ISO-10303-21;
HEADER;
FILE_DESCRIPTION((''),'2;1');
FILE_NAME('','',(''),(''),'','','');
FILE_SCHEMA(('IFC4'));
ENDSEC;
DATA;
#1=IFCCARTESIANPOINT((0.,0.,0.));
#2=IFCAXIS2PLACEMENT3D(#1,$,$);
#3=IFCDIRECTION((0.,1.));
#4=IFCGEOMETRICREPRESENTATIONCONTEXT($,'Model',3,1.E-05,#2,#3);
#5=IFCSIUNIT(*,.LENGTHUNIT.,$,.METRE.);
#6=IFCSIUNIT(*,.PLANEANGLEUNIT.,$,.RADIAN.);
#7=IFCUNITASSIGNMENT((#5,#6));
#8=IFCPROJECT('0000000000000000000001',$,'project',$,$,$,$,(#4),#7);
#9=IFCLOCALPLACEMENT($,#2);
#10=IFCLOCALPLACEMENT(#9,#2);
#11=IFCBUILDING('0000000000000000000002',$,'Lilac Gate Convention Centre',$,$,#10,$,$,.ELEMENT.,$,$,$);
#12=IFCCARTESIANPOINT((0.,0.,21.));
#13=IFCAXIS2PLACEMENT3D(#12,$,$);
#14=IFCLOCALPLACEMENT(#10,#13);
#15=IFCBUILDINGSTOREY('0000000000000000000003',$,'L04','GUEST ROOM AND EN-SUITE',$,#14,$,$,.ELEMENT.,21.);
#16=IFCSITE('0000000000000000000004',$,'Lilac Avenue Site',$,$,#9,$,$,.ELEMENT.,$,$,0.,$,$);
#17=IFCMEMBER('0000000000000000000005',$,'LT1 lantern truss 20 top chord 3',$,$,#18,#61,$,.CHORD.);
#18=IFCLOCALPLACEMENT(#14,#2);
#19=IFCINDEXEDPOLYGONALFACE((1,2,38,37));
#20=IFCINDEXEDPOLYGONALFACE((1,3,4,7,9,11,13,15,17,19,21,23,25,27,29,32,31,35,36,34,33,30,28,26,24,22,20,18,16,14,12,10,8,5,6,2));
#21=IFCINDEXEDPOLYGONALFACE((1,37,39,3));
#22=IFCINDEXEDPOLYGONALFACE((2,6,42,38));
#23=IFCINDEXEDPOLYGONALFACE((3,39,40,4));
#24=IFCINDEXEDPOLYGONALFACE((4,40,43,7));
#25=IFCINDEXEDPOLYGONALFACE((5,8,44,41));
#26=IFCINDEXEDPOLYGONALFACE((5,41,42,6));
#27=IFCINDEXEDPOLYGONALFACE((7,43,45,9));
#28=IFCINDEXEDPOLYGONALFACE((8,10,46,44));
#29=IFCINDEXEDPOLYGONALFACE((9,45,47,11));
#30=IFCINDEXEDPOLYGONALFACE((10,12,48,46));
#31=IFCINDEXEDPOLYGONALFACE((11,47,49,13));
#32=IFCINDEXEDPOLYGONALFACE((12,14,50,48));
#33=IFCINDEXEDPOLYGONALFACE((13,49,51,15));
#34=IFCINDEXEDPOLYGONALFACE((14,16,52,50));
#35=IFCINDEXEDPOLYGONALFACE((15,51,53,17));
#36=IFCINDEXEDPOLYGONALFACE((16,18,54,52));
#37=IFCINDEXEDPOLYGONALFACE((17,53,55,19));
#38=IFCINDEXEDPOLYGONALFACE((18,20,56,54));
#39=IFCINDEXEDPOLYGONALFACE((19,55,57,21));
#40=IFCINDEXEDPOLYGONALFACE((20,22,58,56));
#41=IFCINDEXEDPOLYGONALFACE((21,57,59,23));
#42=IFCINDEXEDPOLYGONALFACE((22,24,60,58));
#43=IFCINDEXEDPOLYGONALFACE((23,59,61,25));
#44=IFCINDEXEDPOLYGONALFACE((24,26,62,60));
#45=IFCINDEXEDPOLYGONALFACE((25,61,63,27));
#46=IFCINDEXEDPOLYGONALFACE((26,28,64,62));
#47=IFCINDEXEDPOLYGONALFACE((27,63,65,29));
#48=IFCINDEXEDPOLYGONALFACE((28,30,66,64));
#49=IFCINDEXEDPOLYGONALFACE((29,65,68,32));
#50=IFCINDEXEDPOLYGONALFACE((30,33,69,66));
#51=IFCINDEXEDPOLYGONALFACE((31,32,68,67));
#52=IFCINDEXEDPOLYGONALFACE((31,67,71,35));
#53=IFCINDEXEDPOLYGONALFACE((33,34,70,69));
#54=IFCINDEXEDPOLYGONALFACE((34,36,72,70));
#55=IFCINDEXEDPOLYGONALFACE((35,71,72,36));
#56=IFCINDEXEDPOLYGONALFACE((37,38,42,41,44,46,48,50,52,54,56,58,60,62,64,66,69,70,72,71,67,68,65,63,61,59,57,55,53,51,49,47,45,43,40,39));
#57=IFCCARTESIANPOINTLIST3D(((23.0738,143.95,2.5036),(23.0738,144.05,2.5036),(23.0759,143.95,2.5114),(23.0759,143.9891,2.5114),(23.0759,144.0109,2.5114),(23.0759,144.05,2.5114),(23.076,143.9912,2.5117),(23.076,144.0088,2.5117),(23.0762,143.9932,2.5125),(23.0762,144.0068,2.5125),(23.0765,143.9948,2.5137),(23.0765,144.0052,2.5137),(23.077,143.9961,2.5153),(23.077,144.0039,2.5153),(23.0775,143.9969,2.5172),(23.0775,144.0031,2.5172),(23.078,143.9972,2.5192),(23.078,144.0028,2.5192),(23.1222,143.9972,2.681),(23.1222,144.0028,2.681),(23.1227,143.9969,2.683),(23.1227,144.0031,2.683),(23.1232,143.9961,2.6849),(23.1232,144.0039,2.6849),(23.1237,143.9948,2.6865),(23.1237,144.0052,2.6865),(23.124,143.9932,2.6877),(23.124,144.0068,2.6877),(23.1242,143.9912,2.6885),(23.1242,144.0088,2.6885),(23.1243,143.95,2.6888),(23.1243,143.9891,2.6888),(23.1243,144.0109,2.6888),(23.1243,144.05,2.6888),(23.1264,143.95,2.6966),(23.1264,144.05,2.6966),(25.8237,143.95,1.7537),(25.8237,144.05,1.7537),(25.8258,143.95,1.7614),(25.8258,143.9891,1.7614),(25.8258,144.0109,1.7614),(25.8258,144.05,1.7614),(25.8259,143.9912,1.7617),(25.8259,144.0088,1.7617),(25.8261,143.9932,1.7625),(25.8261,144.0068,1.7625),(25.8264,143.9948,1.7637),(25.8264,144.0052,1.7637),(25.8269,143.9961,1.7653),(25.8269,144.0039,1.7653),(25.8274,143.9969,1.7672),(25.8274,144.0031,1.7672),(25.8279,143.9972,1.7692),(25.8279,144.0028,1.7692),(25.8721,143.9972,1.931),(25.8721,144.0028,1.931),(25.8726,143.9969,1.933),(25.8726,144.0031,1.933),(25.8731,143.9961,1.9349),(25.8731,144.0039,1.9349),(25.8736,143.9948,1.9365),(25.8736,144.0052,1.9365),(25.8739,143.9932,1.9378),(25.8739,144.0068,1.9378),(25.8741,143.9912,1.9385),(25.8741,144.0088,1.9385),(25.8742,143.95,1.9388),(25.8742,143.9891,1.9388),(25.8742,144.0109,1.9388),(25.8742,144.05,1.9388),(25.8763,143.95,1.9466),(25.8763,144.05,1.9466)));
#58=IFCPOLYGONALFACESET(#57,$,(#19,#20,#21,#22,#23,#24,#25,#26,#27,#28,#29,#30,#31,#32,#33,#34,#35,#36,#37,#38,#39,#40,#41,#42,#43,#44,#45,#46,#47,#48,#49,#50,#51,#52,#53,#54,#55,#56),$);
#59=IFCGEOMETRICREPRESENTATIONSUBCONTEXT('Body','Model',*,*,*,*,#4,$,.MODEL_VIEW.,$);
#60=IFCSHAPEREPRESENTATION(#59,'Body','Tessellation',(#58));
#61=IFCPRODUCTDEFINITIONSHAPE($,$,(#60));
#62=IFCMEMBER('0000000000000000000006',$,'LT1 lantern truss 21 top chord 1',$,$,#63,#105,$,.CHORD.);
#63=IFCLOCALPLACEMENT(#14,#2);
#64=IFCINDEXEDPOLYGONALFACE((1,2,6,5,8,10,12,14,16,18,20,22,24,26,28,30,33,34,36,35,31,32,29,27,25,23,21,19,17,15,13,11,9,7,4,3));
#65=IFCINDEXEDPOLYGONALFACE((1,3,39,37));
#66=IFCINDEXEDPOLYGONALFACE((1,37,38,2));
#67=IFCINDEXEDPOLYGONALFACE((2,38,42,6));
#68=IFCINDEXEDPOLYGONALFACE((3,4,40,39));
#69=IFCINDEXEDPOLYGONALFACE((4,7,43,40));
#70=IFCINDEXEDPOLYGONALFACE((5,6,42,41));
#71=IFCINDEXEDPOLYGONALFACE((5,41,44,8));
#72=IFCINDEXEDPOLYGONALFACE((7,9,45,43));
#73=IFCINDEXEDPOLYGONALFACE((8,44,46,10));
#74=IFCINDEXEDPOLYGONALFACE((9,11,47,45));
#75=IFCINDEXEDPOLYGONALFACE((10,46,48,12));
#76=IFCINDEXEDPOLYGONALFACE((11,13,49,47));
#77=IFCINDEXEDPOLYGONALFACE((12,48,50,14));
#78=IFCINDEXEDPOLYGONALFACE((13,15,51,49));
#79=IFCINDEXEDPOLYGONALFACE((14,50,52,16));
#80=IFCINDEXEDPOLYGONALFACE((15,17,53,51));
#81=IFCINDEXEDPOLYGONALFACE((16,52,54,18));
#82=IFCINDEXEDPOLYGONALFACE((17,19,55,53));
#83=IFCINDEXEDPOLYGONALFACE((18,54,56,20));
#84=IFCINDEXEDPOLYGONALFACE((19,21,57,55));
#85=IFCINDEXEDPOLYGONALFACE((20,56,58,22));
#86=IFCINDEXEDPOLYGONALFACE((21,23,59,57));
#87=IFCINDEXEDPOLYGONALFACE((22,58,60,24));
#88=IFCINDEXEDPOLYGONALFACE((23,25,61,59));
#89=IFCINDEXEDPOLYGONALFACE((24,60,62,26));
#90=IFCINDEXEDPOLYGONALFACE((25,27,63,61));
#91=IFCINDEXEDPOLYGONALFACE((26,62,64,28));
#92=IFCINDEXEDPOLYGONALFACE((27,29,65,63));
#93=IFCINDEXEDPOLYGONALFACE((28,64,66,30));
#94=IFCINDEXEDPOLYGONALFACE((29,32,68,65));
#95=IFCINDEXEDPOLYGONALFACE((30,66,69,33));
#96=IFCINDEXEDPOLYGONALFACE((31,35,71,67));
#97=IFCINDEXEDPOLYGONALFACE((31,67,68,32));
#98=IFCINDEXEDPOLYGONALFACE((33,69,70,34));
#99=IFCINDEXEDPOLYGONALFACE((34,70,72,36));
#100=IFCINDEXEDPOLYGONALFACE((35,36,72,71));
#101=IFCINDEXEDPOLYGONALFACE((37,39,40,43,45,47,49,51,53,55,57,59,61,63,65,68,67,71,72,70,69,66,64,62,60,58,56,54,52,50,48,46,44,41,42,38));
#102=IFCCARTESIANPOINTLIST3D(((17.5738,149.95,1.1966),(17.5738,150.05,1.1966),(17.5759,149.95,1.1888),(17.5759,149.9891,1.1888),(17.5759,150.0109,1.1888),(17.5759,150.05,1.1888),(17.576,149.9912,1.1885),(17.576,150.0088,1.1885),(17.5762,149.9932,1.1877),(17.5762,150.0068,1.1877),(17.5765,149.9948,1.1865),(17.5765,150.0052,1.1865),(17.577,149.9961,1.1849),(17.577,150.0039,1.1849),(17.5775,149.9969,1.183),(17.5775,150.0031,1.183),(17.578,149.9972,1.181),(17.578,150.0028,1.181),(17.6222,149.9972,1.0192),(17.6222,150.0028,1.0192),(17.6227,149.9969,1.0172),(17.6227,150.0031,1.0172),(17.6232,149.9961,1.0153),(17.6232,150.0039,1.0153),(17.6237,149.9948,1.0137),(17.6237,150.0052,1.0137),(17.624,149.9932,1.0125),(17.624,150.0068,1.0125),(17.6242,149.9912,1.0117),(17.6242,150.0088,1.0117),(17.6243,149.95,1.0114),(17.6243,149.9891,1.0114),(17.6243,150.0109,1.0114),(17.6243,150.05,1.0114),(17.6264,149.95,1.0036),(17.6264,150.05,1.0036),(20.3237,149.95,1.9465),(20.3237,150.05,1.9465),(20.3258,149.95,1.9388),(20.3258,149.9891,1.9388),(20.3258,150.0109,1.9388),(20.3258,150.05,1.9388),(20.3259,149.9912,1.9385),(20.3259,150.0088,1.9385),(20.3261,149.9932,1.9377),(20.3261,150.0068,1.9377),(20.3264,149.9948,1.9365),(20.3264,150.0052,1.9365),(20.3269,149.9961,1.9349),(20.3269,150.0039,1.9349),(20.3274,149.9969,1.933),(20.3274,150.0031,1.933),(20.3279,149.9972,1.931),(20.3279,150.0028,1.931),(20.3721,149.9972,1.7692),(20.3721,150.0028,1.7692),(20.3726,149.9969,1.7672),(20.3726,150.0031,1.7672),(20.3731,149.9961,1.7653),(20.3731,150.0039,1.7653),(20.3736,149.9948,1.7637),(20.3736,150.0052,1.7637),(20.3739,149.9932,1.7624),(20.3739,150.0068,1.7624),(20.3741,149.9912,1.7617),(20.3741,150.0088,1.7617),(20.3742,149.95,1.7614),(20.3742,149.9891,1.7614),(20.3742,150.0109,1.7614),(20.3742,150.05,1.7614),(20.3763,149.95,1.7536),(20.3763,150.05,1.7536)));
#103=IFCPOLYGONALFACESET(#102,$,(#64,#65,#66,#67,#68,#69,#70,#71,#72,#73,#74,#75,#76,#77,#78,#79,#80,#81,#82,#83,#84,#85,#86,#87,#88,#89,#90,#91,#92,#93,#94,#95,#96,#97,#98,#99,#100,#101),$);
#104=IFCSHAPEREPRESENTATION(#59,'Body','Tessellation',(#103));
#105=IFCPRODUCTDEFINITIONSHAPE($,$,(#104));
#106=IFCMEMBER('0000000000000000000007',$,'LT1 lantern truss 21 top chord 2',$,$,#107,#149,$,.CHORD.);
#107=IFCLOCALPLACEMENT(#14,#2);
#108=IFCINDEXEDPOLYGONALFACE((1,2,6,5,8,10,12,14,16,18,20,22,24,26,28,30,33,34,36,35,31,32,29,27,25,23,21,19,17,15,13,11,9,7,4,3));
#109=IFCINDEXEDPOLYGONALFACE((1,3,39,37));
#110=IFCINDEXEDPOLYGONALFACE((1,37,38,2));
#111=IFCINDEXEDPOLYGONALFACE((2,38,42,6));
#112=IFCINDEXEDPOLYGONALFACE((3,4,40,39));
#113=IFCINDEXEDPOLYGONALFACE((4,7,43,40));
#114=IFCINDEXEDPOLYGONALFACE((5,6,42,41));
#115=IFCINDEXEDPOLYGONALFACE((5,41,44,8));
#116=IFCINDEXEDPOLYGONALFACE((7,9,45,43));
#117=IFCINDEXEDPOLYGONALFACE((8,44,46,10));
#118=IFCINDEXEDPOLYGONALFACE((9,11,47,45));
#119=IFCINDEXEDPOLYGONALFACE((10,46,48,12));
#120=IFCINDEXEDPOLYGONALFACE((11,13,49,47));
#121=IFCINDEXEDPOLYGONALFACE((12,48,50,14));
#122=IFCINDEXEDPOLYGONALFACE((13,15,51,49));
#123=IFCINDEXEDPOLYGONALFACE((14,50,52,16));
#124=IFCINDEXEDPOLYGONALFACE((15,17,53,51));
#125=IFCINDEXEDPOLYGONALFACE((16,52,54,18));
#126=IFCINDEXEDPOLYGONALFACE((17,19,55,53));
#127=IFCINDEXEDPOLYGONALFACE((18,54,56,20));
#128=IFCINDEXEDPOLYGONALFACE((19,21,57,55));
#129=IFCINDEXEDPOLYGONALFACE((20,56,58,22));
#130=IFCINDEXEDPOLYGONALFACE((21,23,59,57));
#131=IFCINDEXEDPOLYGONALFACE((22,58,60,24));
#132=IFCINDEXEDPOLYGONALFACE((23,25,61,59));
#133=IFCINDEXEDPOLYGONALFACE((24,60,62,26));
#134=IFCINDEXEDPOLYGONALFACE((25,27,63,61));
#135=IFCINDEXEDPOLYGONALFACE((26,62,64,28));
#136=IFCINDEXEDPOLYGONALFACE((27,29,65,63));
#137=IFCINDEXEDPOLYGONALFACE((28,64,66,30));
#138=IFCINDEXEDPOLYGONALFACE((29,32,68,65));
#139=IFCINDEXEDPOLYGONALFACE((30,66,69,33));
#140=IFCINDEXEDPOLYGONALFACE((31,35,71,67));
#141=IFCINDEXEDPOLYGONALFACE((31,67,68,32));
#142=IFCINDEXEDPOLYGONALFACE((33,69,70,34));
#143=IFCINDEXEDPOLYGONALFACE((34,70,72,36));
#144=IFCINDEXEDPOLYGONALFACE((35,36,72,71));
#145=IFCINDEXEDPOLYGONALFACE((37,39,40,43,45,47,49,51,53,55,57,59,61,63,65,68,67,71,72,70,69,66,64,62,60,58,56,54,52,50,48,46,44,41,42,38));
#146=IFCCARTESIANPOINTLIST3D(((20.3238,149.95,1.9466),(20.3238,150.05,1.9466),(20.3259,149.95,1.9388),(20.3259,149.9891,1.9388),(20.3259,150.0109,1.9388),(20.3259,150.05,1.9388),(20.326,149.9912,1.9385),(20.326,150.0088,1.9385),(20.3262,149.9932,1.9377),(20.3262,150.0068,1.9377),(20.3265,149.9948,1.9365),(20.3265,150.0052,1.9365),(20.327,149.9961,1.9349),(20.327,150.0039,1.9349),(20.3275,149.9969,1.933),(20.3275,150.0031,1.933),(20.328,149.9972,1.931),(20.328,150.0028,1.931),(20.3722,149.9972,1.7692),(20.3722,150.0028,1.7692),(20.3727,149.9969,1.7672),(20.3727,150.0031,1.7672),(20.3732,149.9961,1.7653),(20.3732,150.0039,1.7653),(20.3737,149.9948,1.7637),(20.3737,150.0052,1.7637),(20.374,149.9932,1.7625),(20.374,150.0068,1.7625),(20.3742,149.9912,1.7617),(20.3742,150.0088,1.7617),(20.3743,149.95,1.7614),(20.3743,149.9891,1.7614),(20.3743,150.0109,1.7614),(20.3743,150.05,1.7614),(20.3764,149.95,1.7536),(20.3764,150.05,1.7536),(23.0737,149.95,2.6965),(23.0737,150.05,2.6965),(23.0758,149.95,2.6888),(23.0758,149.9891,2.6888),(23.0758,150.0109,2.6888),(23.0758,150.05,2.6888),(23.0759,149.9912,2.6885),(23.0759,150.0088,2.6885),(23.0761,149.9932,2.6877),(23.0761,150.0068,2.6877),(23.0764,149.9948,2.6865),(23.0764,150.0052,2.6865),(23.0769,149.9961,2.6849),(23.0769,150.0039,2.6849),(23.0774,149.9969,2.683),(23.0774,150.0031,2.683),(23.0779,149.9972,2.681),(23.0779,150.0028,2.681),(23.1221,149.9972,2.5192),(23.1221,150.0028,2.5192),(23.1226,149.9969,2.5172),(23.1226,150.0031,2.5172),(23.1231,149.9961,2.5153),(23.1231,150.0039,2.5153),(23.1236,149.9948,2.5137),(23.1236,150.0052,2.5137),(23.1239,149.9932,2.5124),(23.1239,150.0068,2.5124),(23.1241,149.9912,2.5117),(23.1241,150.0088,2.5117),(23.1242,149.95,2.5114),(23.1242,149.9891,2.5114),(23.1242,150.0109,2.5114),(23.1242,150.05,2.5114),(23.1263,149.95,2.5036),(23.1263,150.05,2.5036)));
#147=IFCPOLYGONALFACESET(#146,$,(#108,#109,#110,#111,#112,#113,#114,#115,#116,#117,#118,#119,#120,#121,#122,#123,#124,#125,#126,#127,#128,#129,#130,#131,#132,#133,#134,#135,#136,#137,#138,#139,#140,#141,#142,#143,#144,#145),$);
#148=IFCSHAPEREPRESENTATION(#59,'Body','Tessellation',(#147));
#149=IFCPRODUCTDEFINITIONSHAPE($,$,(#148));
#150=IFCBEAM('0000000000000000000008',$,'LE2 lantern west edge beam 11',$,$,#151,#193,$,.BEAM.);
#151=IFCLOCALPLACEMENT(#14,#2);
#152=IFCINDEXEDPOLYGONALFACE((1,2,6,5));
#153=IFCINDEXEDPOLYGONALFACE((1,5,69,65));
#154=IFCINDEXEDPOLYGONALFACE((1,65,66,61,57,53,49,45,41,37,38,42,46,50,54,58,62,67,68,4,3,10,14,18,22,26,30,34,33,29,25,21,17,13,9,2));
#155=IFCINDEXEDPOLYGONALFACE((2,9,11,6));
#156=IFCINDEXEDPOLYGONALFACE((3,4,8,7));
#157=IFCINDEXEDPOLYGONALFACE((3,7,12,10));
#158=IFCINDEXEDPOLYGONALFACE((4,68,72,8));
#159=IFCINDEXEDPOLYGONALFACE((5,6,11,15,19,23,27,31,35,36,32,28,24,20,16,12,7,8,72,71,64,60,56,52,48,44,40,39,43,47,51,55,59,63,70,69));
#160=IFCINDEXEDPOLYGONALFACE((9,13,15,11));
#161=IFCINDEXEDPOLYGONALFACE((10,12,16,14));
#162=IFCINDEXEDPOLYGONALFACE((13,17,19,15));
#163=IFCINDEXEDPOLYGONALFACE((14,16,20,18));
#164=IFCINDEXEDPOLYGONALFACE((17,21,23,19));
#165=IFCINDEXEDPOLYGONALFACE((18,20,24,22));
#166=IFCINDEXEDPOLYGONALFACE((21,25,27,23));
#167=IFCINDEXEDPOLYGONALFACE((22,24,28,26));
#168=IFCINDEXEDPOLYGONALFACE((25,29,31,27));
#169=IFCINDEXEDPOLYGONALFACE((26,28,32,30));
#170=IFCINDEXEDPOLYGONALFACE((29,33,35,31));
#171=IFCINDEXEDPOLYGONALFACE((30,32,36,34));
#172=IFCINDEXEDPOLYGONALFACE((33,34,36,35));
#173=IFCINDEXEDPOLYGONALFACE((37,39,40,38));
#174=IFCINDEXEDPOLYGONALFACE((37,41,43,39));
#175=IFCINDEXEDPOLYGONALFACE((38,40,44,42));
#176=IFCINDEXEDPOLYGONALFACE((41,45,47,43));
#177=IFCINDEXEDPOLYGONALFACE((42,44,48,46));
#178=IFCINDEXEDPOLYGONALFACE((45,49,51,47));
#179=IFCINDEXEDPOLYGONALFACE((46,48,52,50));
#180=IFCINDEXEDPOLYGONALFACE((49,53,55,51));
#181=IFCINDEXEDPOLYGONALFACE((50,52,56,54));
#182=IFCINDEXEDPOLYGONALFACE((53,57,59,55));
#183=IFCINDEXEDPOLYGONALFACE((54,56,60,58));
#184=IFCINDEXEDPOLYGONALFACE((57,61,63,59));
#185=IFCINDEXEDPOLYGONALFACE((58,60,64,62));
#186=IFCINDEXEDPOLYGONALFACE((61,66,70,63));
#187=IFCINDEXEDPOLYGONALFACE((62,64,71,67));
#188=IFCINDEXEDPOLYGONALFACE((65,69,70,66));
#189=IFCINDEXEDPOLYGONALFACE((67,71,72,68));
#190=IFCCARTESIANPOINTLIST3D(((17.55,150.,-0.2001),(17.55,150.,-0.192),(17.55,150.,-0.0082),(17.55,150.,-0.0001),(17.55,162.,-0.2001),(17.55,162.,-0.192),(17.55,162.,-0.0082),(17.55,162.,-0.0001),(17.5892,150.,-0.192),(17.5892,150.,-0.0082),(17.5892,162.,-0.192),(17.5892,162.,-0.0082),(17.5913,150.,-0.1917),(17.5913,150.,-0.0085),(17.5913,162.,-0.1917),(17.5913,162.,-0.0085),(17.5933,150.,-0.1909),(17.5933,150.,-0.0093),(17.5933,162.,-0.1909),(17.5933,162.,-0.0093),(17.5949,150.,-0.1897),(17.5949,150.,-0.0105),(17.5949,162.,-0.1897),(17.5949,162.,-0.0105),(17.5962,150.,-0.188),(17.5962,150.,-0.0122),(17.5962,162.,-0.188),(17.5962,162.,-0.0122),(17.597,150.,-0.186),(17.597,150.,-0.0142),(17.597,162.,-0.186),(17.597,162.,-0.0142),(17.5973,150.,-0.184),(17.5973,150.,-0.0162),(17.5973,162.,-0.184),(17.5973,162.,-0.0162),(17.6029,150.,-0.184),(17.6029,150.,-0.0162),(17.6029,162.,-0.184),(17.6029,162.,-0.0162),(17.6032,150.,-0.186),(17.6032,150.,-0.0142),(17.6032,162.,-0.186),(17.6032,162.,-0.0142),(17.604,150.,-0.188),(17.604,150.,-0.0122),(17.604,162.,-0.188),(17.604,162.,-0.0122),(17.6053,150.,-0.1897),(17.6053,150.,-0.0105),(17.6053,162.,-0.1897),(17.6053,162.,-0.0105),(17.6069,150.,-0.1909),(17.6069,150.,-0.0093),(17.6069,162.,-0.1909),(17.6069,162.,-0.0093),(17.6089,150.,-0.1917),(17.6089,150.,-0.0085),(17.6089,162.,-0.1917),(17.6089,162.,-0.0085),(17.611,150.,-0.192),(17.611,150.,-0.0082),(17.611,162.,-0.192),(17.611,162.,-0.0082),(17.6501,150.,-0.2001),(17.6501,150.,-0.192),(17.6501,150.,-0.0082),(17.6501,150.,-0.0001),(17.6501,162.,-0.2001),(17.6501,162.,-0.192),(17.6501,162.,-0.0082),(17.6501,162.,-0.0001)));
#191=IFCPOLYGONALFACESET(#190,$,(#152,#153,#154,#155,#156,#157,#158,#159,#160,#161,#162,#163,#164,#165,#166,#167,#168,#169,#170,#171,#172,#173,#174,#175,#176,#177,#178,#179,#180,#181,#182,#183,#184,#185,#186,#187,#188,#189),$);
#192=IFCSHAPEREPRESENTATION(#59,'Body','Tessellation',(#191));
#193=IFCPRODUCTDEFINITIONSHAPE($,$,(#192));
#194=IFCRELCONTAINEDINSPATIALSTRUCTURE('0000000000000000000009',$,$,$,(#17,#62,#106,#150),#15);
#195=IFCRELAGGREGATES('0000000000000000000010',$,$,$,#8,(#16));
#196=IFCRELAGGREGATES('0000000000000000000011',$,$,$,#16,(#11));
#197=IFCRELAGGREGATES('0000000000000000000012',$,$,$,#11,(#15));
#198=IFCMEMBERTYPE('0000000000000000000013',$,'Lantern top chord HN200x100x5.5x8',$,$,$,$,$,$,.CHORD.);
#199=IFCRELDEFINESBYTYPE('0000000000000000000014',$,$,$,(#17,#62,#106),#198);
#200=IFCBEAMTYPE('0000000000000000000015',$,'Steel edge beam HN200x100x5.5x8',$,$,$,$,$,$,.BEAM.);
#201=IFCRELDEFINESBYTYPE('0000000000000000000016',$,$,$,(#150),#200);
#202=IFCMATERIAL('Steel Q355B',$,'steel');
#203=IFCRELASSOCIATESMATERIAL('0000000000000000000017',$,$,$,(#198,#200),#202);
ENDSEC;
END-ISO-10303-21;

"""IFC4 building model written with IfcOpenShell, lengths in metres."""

from ifc_helpers import new_model, si_unit, direction, frame, origin, origin_2d, place, context, subcontext, project, spatial, i_section, extrude, material, material_profile, profile_set, type_object, element, save


model = new_model("IFC4")

# Units and contexts
model_context = context("Model", 3, precision=1e-05, world=origin(), true_north=direction((0.0, 1.0)))
body_context = subcontext(model_context, "Body", "Model", "MODEL_VIEW")
ifc_project = project(units=[si_unit("LENGTHUNIT", "METRE"), si_unit("PLANEANGLEUNIT", "RADIAN")], contexts=[model_context])

# Site, building, storey
site_placement = place(None, origin())
site = spatial("IfcSite", under=ifc_project, at=site_placement, Name="Lilac Avenue Site", CompositionType="ELEMENT", RefElevation=0.0)
building_placement = place(site_placement, origin())
building = spatial("IfcBuilding", under=site, at=building_placement, Name="Lilac Gate Convention Centre", CompositionType="ELEMENT")
storey_placement = place(building_placement, frame((0.0, 0.0, 21.0)))
storey = spatial("IfcBuildingStorey", under=building, at=storey_placement, Name="L04", Description="GUEST ROOM AND EN-SUITE", CompositionType="ELEMENT", Elevation=21.0)

# Members
ifc_material_1 = material(Name="Steel Q355B", Category="steel")
ifc_material_profile_1 = material_profile(ifc_material_1, i_section(OverallWidth=0.1001, OverallDepth=0.2, WebThickness=0.0056, FlangeThickness=0.0081, FilletRadius=0.0081, at=origin_2d()), Name="HN200x100x5.5x8")
ifc_profile_set_1 = profile_set([ifc_material_profile_1], Name="Steel Q355B")
member_type_1 = type_object("IfcMemberType", Name="Lantern top chord HN200x100x5.5x8", PredefinedType="CHORD", material=ifc_profile_set_1)
for number, where, z_axis, x_axis, name in (
    (1, (23.1001, 144.0, 2.6001), (0.964764, 0.0, -0.263117), (0.0, 1.0, 0.0), "LT1 lantern truss 20 top chord 3"),
    (2, (17.6001, 150.0, 1.1001), (0.964764, 0.0, 0.263117), (0.0, 1.0, 0.0), "LT1 lantern truss 21 top chord 1"),
    (3, (20.3501, 150.0, 1.8501), (0.964764, 0.0, 0.263117), (0.0, 1.0, 0.0), "LT1 lantern truss 21 top chord 2"),
):
    element("IfcMember", number, at=place(storey_placement, frame(where, z_axis=z_axis, x_axis=x_axis)), inside=storey, type_object=member_type_1, Name=name, PredefinedType="CHORD", context=body_context, shape_type="SweptSolid", body=[
        extrude(i_section(OverallWidth=0.1001, OverallDepth=0.2, WebThickness=0.0056, FlangeThickness=0.0081, FilletRadius=0.0081, at=origin_2d()), origin(), (0.0, 0.0, 1.0), 2.8503),
    ])

# Beam
ifc_material_profile_2 = material_profile(ifc_material_1, i_section(OverallWidth=0.1001, OverallDepth=0.2, WebThickness=0.0056, FlangeThickness=0.0081, FilletRadius=0.0081, at=origin_2d()), Name="HN200x100x5.5x8")
ifc_profile_set_2 = profile_set([ifc_material_profile_2], Name="Steel Q355B")
beam_type = type_object("IfcBeamType", Name="Steel edge beam HN200x100x5.5x8", PredefinedType="BEAM", material=ifc_profile_set_2)
beam_placement = place(storey_placement, frame((17.6001, 150.0, -0.1001), z_axis=(0.0, 1.0, 0.0), x_axis=(-1.0, 0.0, 0.0)))
element("IfcBeam", 4, at=beam_placement, inside=storey, type_object=beam_type, Name="LE2 lantern west edge beam 11", PredefinedType="BEAM", context=body_context, shape_type="SweptSolid", body=[
    extrude(i_section(OverallWidth=0.1001, OverallDepth=0.2, WebThickness=0.0056, FlangeThickness=0.0081, FilletRadius=0.0081, at=origin_2d()), origin(), (0.0, 0.0, 1.0), 12.0),
])

save(model, "model.ifc")
